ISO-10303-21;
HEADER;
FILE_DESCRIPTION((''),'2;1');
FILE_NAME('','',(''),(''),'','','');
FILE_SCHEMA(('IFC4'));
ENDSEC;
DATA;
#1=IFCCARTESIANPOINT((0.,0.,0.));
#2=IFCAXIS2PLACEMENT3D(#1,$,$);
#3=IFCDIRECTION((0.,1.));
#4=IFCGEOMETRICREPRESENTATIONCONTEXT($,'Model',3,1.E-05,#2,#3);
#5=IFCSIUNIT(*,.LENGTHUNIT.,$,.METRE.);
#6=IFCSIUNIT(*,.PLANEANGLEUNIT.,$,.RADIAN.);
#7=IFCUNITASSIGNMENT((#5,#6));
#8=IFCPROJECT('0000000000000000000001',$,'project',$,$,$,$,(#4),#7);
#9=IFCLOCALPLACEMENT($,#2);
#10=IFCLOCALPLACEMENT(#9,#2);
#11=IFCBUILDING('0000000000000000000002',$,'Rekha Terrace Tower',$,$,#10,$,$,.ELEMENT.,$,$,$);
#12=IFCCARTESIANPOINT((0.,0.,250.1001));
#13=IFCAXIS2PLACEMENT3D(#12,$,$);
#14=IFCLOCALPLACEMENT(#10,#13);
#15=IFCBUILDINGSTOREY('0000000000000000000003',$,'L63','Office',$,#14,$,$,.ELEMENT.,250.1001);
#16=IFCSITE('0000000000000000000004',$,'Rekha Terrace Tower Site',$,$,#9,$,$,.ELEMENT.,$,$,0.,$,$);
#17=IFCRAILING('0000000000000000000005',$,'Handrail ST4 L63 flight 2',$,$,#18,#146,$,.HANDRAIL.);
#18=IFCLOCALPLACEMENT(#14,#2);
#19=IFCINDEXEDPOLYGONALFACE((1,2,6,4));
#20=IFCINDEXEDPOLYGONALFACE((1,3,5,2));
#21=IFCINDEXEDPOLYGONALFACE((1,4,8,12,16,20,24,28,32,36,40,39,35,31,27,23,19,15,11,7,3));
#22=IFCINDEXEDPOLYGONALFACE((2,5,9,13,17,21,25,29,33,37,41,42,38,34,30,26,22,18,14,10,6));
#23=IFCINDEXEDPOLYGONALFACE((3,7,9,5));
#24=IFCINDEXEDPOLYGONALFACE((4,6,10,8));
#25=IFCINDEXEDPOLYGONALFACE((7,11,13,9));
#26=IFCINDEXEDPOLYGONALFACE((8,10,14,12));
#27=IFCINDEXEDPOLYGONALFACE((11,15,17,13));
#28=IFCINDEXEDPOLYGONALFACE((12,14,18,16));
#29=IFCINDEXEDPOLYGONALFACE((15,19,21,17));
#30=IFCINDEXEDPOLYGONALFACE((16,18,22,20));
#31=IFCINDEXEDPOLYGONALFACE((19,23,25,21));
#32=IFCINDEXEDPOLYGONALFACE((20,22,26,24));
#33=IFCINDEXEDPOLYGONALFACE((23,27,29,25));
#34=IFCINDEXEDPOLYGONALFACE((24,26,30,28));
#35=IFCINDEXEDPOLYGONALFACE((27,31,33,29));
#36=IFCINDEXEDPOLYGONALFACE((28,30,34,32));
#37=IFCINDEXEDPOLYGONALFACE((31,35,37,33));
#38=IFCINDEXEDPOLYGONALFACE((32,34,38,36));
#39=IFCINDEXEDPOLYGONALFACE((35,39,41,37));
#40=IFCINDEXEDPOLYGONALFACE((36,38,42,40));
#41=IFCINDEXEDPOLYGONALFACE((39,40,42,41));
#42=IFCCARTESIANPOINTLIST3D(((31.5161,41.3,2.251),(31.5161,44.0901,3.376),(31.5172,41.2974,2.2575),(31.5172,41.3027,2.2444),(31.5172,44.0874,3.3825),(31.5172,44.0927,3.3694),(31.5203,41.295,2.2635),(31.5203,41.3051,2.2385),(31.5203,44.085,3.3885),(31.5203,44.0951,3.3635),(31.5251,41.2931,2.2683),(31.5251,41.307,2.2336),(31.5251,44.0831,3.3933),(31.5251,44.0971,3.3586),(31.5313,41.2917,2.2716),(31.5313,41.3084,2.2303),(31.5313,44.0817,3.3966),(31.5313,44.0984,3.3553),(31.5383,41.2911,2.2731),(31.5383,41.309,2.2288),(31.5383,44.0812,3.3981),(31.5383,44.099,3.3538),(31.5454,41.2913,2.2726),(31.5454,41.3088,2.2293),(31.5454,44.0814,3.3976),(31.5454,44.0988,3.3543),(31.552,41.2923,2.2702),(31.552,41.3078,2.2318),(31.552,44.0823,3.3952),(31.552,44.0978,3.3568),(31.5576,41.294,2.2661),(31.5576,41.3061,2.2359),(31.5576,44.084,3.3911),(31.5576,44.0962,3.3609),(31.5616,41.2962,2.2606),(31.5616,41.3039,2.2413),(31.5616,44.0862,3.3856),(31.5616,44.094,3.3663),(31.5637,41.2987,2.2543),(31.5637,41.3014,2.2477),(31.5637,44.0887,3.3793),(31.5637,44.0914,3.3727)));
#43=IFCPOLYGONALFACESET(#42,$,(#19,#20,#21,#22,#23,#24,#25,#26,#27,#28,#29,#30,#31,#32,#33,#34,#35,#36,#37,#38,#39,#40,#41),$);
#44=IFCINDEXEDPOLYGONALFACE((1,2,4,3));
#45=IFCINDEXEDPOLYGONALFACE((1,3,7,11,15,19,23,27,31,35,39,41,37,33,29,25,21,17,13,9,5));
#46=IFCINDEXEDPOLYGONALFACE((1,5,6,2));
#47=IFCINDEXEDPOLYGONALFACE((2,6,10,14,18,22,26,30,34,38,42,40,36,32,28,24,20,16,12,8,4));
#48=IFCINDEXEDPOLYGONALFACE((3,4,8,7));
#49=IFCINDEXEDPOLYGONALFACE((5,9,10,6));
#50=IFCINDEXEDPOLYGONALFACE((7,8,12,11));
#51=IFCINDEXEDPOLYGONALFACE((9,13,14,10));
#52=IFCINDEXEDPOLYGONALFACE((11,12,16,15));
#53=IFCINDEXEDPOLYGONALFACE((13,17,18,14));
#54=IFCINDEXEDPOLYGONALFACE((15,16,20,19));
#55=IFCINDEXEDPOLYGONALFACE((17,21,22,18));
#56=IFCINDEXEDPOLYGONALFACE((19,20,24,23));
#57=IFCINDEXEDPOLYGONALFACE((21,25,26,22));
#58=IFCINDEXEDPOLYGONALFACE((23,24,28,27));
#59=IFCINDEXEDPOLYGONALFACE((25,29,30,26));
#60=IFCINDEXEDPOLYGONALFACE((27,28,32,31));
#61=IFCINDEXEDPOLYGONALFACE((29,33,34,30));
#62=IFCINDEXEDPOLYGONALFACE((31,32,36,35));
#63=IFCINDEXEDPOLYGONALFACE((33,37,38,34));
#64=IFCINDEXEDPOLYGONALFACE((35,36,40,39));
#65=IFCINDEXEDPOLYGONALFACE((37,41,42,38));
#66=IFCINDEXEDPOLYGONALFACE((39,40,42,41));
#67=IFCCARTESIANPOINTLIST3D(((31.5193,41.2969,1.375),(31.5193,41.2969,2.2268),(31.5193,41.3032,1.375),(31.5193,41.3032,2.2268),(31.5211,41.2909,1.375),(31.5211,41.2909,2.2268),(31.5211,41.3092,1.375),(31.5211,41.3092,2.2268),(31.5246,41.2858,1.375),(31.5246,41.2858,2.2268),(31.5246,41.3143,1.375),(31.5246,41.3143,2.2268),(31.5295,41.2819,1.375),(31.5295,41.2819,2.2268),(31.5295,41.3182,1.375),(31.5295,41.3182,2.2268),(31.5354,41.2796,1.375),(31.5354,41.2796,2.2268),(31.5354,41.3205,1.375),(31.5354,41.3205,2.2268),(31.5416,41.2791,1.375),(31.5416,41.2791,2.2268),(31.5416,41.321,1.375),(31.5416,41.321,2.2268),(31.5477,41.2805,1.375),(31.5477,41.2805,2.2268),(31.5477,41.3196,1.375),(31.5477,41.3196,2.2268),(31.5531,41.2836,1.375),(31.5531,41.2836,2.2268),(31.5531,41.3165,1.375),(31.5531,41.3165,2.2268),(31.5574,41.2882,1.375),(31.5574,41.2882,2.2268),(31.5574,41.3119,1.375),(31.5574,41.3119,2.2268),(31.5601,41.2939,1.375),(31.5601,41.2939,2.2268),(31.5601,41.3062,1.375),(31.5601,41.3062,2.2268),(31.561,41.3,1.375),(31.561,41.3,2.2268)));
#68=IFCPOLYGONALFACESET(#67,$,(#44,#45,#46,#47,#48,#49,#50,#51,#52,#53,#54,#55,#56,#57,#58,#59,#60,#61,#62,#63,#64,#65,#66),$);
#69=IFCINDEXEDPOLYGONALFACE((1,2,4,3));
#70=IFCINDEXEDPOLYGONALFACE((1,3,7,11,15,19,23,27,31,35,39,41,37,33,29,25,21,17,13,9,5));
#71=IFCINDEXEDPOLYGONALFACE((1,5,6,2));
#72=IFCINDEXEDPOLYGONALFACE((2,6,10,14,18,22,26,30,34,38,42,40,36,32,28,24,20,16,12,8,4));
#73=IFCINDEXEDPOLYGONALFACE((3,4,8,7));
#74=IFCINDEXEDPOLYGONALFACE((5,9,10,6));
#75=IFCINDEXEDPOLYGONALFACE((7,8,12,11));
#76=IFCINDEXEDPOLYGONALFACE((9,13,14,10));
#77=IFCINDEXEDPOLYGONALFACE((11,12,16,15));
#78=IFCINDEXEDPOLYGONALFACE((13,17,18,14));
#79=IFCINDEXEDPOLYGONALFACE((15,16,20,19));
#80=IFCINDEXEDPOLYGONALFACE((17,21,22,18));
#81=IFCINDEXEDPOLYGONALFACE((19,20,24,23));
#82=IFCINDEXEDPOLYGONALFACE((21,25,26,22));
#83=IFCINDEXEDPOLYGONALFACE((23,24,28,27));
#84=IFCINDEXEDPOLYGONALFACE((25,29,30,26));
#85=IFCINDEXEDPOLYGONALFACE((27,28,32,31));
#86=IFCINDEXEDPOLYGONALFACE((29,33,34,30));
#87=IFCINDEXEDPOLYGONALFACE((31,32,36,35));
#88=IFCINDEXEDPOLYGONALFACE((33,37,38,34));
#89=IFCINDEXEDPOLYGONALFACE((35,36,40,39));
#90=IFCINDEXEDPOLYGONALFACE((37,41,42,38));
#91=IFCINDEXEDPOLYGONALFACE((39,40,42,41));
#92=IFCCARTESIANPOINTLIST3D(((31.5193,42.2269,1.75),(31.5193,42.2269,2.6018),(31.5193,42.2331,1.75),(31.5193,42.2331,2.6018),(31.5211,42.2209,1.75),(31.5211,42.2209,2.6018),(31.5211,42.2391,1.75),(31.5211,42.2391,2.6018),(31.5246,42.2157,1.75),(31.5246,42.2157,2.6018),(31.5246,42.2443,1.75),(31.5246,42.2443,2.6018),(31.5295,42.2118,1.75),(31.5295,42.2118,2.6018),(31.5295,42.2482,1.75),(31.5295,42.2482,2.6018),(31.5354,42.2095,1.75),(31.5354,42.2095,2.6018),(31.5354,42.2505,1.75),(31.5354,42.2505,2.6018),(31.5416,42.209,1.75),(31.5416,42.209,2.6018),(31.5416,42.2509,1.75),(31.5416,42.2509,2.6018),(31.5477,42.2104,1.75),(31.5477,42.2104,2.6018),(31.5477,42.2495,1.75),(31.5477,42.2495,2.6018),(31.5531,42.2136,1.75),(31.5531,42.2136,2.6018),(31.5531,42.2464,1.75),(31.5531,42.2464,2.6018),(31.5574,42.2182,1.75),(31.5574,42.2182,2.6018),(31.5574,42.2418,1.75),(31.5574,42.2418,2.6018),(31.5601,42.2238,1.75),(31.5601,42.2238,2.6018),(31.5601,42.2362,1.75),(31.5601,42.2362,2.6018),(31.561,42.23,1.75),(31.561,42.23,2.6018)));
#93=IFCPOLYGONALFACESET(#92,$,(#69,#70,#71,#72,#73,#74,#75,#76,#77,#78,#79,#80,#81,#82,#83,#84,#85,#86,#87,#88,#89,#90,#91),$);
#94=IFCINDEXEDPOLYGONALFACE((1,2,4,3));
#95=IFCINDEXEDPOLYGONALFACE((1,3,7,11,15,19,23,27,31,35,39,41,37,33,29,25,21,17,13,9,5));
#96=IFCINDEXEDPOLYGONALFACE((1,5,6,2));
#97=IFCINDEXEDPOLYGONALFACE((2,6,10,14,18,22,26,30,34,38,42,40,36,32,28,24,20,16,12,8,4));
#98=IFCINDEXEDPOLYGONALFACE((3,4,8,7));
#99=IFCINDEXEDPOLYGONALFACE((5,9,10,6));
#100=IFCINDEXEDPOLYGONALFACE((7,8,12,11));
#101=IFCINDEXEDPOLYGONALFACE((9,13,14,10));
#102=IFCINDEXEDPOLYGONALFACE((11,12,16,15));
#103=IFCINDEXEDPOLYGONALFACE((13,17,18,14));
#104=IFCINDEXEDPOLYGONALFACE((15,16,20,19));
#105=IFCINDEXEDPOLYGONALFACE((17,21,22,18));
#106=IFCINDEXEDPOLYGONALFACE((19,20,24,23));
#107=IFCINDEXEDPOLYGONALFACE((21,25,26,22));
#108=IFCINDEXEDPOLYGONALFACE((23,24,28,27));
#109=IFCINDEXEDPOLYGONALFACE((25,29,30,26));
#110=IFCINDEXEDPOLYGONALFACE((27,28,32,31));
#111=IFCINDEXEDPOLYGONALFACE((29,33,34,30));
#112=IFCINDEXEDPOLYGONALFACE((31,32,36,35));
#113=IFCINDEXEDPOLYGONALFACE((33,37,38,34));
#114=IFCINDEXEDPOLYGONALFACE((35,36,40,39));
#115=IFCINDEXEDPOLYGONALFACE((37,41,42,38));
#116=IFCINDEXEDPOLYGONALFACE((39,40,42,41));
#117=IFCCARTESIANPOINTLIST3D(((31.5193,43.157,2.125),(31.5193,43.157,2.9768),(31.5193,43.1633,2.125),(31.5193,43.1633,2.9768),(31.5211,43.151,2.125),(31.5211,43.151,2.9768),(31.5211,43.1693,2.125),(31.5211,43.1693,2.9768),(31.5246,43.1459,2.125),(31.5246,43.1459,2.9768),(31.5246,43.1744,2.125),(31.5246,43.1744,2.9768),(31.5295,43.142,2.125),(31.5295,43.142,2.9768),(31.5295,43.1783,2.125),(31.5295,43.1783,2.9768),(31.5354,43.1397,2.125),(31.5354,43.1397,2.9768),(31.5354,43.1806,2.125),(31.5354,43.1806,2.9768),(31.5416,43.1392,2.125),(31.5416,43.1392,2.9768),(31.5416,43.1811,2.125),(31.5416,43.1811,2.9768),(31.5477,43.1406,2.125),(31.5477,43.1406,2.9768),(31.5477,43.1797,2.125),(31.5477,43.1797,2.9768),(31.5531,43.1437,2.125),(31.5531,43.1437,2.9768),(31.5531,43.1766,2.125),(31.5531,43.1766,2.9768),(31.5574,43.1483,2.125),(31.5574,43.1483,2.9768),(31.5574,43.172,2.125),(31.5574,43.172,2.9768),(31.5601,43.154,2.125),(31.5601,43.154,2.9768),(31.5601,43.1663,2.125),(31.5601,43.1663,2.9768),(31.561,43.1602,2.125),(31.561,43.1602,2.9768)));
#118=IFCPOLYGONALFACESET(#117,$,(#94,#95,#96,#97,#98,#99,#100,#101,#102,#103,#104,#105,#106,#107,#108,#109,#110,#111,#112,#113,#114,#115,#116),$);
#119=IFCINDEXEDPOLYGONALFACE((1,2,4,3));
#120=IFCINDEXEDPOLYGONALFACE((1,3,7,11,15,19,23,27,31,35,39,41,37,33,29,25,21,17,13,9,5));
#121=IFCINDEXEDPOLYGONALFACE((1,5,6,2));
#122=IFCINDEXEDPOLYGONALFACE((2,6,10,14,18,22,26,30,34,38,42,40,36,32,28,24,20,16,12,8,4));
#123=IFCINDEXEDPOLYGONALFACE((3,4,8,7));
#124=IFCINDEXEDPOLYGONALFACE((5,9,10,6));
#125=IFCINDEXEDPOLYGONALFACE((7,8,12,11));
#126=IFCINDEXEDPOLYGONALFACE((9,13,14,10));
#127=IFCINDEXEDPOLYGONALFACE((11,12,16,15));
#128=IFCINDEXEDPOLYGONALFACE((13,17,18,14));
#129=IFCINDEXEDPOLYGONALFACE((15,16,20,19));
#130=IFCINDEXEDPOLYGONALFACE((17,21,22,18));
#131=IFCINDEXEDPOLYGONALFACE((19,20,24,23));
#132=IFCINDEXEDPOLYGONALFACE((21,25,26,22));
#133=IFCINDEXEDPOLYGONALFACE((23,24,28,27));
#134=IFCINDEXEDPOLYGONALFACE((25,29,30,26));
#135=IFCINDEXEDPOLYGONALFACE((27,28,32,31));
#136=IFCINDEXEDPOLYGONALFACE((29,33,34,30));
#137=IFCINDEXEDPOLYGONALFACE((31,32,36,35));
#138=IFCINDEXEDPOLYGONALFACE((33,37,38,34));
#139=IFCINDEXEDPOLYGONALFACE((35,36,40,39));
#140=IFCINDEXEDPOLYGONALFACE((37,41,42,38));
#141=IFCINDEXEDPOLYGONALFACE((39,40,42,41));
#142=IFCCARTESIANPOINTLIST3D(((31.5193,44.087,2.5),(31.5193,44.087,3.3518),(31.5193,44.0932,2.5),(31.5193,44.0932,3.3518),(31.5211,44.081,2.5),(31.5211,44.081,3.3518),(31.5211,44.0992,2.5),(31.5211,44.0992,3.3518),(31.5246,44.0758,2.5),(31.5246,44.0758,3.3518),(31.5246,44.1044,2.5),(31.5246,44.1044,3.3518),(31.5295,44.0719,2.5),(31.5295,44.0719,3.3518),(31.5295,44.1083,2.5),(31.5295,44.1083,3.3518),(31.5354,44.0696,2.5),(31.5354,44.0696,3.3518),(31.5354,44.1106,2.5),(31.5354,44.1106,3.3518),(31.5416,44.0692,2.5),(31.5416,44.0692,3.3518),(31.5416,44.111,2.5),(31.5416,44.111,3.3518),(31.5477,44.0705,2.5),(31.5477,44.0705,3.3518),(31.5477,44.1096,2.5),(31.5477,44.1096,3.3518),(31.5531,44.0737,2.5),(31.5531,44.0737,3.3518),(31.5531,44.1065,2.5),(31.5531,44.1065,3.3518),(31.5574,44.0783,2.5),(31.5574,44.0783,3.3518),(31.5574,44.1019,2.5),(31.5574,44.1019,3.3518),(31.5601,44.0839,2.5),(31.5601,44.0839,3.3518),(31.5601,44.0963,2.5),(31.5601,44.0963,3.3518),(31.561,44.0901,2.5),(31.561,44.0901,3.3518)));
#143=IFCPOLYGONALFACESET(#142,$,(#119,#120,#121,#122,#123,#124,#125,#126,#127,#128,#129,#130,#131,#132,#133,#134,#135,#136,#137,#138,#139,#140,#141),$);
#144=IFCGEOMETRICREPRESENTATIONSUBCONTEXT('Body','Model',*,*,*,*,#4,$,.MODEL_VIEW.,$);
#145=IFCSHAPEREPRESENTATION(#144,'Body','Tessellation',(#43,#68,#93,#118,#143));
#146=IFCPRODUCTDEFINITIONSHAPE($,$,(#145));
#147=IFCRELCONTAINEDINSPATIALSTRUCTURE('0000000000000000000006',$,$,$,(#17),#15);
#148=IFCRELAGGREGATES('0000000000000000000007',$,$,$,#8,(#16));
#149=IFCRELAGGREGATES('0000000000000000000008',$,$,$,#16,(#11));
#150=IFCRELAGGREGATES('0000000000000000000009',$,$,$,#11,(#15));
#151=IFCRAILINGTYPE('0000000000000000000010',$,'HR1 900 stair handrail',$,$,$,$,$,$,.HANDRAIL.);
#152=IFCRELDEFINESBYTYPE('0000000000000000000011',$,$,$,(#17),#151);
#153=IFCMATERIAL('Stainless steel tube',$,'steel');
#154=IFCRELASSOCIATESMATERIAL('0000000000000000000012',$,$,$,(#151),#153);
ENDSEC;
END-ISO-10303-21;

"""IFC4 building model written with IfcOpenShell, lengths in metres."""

from ifc_helpers import new_model, si_unit, direction, frame, origin, origin_2d, place, context, subcontext, project, spatial, circle, extrude, material, type_object, element, save


model = new_model("IFC4")

# Units and contexts
model_context = context("Model", 3, precision=1e-05, world=origin(), true_north=direction((0.0, 1.0)))
body_context = subcontext(model_context, "Body", "Model", "MODEL_VIEW")
ifc_project = project(units=[si_unit("LENGTHUNIT", "METRE"), si_unit("PLANEANGLEUNIT", "RADIAN")], contexts=[model_context])

# Site, building, storey
site_placement = place(None, origin())
site = spatial("IfcSite", under=ifc_project, at=site_placement, Name="Rekha Terrace Tower Site", CompositionType="ELEMENT", RefElevation=0.0)
building_placement = place(site_placement, origin())
building = spatial("IfcBuilding", under=site, at=building_placement, Name="Rekha Terrace Tower", CompositionType="ELEMENT")
storey_placement = place(building_placement, frame((0.0, 0.0, 250.1001)))
storey = spatial("IfcBuildingStorey", under=building, at=storey_placement, Name="L63", Description="Office", CompositionType="ELEMENT", Elevation=250.1001)

# Railing
ifc_material_1 = material(Name="Stainless steel tube", Category="steel")
railing_type_1 = type_object("IfcRailingType", Name="HR1 900 stair handrail", PredefinedType="HANDRAIL", material=ifc_material_1)
for number, where, name in (
    (1, (31.54, 41.3, 1.375), "Handrail ST4 L63 flight 2"),
):
    element("IfcRailing", number, at=place(storey_placement, frame(where)), inside=storey, type_object=railing_type_1, Name=name, PredefinedType="HANDRAIL", context=body_context, shape_type="SweptSolid", body=[
        extrude(circle(Radius=0.0239, at=origin_2d()), frame((0.0, 0.0, 0.876), z_axis=(0.0, 0.927443, 0.373964), x_axis=(-1.0, 0.0, 0.0)), (0.0, 0.0, 1.0), 3.0083),
        extrude(circle(Radius=0.021, at=origin_2d()), origin(), (0.0, 0.0, 1.0), 0.8518),
        extrude(circle(Radius=0.021, at=origin_2d()), frame((0.0, 0.9299, 0.375)), (0.0, 0.0, 1.0), 0.8518),
        extrude(circle(Radius=0.021, at=origin_2d()), frame((0.0, 1.8601, 0.75)), (0.0, 0.0, 1.0), 0.8518),
        extrude(circle(Radius=0.021, at=origin_2d()), frame((0.0, 2.79, 1.125)), (0.0, 0.0, 1.0), 0.8518),
    ])

save(model, "model.ifc")
